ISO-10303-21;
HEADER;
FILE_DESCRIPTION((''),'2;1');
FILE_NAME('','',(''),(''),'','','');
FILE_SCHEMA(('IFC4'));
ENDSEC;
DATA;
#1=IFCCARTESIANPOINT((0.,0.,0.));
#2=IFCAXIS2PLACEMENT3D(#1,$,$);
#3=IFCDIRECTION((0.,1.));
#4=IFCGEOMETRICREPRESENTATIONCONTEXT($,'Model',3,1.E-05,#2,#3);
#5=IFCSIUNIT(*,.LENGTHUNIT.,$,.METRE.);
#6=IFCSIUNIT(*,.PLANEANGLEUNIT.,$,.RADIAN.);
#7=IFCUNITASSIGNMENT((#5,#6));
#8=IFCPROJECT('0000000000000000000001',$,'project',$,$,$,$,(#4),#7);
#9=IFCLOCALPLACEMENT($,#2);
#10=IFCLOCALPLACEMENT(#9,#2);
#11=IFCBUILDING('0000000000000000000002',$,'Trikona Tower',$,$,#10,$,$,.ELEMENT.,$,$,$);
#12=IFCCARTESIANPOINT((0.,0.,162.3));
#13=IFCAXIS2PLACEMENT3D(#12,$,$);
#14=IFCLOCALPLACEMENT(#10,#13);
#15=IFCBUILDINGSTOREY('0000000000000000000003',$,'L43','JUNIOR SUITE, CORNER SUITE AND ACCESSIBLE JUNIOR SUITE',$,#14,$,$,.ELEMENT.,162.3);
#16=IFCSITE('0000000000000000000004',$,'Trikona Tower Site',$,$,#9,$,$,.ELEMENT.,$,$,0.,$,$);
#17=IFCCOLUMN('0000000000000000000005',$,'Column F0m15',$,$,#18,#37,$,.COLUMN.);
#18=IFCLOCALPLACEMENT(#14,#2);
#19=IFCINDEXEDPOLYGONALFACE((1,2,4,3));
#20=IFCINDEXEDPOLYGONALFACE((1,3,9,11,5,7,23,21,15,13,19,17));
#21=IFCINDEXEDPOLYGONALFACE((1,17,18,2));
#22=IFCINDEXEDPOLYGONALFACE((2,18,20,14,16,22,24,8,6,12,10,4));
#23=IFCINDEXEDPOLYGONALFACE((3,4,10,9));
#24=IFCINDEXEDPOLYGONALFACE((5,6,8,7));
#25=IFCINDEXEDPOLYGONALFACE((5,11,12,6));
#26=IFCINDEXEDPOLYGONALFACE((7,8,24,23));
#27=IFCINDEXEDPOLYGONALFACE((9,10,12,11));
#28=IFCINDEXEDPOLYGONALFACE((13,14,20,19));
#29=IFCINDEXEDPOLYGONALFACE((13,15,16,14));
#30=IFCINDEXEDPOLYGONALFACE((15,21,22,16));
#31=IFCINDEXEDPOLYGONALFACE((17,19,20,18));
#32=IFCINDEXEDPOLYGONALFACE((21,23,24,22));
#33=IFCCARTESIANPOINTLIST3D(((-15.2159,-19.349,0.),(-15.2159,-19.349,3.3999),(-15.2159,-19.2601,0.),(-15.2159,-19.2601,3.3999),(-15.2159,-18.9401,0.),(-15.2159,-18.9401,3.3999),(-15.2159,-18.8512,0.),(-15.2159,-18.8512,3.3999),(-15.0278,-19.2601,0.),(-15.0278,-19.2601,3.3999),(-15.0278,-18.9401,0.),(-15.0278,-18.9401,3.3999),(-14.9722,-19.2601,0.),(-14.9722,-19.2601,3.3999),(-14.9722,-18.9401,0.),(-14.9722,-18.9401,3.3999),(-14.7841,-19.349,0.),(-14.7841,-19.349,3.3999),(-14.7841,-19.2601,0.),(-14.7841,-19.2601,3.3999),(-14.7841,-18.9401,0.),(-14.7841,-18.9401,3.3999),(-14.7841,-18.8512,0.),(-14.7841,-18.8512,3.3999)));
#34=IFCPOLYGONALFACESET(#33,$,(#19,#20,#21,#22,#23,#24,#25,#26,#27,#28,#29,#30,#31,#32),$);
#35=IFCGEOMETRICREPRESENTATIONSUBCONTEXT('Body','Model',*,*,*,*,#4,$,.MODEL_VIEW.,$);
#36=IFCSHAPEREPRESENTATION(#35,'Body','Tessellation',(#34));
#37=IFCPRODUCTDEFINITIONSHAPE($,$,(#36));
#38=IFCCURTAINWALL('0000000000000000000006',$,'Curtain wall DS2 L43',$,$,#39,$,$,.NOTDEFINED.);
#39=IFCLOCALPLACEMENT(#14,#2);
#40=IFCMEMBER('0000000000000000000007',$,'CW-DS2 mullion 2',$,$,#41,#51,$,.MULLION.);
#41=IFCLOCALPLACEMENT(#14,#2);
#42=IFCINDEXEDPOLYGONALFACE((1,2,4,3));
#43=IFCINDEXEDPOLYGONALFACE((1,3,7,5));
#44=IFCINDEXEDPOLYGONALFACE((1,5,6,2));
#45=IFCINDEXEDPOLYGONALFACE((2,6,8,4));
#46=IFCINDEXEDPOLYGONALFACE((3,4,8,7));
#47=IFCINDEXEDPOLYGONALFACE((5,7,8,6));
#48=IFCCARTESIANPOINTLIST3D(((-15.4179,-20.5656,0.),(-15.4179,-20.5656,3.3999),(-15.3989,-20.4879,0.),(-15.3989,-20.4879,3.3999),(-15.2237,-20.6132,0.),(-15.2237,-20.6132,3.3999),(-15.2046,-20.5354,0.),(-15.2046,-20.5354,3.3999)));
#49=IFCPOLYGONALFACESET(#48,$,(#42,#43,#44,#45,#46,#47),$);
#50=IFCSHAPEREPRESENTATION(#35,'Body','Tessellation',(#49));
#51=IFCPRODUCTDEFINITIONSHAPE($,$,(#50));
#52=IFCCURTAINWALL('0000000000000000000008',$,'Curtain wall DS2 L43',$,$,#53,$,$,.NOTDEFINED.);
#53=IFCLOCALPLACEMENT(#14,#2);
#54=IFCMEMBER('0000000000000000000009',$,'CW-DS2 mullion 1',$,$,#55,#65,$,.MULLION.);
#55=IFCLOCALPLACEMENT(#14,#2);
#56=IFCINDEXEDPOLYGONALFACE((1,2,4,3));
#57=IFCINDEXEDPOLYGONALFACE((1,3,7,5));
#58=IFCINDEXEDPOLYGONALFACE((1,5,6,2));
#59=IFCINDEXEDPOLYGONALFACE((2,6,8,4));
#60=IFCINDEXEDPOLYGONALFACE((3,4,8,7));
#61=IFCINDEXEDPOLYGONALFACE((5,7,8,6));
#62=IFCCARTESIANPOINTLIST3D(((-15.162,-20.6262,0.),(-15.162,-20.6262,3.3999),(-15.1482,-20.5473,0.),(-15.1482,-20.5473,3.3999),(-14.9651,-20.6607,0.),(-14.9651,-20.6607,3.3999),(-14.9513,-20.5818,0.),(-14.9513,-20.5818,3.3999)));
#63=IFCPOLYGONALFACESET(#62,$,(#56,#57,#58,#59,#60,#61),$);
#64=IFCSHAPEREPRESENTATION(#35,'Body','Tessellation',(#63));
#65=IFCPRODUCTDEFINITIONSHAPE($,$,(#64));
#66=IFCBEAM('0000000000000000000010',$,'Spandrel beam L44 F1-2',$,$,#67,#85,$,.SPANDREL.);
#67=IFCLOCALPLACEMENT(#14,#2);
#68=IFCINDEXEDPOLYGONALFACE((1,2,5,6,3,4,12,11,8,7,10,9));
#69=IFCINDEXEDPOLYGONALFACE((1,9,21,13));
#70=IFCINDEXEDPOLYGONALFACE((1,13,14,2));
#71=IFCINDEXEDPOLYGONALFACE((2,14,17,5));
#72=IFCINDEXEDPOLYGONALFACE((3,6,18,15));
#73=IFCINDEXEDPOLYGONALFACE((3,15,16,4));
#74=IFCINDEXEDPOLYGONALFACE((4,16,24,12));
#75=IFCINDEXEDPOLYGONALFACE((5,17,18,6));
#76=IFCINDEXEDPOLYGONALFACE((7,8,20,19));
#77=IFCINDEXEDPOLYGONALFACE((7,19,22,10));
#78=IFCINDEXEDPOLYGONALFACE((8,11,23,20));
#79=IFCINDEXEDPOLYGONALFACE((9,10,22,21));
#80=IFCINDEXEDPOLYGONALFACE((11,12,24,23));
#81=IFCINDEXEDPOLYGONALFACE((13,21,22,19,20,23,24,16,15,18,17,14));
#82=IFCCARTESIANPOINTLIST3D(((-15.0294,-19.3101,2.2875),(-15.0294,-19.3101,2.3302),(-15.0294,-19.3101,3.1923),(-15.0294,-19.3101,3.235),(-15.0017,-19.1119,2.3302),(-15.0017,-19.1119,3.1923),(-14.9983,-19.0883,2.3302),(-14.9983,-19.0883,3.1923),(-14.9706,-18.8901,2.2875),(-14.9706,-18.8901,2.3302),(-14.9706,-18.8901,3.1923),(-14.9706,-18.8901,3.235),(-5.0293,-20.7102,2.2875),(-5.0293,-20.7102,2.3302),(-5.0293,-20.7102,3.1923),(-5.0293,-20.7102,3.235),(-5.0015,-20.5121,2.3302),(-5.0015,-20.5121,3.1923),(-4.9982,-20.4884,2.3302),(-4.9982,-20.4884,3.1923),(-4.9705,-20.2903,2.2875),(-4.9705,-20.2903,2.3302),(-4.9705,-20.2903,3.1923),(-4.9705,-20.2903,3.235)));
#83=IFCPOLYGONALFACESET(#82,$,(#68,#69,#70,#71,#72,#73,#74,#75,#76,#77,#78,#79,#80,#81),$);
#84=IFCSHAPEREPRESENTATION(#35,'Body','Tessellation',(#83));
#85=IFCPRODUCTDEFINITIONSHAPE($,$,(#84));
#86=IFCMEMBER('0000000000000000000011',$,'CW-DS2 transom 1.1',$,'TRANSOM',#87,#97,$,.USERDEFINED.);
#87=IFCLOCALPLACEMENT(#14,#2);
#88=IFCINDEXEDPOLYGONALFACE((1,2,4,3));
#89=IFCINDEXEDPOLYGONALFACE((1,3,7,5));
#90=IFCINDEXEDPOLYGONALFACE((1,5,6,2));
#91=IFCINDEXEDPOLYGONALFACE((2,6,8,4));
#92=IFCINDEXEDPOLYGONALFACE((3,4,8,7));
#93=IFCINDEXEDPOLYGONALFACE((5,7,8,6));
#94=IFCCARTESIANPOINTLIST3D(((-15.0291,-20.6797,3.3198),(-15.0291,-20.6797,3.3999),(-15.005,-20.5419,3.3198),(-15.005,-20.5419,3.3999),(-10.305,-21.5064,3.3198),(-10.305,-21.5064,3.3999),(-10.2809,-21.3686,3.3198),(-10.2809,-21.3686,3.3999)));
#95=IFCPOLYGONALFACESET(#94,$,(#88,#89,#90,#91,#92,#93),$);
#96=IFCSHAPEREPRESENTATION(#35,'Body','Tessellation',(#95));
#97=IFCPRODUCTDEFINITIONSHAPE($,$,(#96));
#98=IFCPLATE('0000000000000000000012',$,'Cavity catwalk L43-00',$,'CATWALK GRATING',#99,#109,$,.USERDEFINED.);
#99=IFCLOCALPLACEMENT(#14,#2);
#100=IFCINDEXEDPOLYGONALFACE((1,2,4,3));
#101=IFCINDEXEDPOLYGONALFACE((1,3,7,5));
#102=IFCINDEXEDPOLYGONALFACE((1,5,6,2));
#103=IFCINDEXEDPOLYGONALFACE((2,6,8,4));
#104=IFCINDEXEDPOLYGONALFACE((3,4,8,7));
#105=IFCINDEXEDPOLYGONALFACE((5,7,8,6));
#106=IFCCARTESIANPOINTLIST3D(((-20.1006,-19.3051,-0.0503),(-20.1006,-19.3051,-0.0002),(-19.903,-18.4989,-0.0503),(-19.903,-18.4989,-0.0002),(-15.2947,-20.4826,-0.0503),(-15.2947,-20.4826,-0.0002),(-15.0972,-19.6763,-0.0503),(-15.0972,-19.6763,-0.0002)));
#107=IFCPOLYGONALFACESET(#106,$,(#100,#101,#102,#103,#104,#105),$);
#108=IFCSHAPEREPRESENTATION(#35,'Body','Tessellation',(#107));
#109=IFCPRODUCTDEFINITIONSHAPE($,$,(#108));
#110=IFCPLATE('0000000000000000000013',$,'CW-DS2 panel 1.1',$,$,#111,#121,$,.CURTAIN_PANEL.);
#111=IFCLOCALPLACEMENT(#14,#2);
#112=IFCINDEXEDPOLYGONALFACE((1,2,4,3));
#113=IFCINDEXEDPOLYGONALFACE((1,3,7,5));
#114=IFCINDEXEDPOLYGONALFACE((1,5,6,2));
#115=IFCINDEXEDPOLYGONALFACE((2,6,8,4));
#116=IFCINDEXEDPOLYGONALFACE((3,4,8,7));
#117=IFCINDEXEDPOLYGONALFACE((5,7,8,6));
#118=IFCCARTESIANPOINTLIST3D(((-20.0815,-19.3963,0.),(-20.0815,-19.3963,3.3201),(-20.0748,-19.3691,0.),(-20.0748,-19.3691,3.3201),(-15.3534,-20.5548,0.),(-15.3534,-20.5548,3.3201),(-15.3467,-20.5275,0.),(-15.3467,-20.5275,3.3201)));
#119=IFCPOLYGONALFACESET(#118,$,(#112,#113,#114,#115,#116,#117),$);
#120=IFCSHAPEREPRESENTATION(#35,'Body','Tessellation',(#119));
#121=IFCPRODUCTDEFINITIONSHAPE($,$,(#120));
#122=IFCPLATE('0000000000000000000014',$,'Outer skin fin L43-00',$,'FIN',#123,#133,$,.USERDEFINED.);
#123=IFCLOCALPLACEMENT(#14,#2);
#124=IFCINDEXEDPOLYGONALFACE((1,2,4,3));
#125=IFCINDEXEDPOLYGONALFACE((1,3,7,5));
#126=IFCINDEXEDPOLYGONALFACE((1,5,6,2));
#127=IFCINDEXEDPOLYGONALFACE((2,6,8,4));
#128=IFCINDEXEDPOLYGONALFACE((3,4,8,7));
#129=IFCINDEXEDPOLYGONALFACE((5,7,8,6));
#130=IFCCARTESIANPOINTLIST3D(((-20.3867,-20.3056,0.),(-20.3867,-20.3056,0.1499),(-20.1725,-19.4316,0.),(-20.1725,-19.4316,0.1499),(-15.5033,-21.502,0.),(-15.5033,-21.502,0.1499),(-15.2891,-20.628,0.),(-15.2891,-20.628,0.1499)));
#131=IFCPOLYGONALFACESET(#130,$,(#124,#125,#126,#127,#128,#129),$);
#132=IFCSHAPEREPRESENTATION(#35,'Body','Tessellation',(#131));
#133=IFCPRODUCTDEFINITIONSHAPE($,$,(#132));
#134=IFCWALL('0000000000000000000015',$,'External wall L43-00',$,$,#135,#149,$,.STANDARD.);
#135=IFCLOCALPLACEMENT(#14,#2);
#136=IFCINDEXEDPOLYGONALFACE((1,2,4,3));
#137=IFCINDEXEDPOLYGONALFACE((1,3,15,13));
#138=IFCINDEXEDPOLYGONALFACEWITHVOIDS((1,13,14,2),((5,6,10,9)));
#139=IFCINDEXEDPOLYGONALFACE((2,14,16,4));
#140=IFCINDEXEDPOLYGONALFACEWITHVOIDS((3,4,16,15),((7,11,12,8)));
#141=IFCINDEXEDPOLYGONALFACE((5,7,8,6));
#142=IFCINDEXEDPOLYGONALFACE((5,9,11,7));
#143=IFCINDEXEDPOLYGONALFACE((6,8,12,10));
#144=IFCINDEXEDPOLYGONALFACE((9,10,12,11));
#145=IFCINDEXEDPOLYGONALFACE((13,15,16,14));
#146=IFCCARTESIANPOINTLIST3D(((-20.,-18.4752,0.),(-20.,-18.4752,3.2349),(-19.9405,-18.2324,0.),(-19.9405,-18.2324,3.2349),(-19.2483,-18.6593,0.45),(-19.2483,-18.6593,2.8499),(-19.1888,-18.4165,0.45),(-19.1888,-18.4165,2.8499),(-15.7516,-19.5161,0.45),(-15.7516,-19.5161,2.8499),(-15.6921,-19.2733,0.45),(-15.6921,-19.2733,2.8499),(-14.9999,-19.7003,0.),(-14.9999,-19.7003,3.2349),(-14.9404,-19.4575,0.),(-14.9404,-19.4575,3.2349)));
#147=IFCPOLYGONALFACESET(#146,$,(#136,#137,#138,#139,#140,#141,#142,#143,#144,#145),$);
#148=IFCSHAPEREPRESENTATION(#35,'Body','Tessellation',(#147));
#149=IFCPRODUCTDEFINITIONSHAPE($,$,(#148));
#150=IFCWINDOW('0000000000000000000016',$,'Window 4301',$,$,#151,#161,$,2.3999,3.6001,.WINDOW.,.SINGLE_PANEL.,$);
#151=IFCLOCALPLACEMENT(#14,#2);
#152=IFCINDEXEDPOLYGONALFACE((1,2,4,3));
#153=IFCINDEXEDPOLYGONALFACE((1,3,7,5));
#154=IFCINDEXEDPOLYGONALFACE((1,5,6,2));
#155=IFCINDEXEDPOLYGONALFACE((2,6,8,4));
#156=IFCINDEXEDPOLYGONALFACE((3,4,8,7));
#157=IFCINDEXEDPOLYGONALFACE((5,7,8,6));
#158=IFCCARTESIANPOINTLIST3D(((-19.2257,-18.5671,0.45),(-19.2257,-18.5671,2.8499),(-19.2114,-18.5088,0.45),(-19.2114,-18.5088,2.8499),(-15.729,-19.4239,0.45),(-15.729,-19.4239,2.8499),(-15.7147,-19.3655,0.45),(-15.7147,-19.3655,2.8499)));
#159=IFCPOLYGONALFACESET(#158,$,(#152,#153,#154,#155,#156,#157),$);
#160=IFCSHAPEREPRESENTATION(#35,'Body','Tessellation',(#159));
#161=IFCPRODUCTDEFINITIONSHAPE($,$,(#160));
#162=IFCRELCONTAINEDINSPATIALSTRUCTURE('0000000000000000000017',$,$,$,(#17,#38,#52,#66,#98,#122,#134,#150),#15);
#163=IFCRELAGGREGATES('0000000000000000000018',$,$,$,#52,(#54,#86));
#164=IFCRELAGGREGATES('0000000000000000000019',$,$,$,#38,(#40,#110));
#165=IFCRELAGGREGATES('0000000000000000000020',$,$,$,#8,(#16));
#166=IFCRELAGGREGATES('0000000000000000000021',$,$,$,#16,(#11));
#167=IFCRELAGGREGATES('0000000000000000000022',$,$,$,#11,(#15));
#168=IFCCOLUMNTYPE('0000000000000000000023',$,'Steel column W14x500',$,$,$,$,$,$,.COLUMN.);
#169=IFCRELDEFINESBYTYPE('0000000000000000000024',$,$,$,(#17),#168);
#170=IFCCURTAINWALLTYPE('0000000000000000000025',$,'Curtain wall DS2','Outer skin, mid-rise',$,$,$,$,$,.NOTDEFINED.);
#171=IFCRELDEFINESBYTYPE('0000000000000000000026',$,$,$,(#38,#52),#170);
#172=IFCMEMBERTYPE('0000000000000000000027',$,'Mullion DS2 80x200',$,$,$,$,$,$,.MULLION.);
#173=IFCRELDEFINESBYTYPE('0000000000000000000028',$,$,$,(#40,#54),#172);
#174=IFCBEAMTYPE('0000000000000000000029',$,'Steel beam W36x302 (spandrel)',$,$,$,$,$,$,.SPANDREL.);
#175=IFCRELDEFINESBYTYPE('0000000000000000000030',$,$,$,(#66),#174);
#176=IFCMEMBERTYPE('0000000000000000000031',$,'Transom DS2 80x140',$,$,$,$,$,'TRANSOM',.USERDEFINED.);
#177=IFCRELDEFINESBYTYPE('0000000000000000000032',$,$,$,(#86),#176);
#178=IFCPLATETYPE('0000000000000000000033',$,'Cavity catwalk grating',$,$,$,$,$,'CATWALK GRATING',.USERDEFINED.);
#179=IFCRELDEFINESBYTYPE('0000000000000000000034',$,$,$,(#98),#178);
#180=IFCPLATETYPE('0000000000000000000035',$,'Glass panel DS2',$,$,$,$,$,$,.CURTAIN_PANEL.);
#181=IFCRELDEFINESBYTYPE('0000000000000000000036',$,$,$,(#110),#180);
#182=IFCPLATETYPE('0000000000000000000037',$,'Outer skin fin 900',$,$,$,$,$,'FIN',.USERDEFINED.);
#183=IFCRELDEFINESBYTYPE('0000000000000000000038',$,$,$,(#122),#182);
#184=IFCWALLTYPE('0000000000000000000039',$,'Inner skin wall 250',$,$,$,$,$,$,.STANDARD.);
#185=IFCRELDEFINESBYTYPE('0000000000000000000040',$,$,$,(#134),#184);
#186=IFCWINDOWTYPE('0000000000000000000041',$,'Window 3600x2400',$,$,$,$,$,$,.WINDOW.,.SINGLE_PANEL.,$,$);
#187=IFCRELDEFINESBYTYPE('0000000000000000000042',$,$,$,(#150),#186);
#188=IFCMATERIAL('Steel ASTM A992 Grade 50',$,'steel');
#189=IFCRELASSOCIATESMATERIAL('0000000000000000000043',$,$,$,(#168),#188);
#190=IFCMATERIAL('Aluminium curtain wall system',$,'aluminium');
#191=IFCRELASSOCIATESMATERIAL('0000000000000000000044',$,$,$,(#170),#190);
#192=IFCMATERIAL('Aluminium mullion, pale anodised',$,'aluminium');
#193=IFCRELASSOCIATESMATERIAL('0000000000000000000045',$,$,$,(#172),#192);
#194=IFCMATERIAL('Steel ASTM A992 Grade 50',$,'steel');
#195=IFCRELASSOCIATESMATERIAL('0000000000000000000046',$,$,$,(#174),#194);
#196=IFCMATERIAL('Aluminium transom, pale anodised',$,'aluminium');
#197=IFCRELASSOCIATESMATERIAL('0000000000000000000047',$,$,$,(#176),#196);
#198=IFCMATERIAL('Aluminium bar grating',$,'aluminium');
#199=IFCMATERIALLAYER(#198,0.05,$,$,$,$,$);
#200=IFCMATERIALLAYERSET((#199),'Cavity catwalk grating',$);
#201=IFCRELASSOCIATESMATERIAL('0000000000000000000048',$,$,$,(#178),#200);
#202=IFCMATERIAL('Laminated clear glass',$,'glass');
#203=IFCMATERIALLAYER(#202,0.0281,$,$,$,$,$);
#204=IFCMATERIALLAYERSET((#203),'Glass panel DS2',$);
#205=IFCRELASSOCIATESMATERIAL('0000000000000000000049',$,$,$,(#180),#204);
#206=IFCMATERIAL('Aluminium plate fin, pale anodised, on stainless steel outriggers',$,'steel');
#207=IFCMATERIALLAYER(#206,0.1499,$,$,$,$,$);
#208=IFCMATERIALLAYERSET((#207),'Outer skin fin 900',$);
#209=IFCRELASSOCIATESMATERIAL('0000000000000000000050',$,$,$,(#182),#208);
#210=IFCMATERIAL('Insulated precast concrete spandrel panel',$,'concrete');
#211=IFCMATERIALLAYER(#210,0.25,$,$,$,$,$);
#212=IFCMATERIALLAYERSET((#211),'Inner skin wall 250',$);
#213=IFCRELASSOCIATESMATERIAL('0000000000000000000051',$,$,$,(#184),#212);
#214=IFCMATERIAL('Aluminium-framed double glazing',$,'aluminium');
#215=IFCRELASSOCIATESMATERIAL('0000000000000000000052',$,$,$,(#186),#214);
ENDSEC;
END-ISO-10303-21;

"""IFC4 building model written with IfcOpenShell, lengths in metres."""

from ifc_helpers import new_model, si_unit, direction, frame, frame_2d, origin, origin_2d, place, context, subcontext, project, spatial, rectangle, i_section, extrude, material, layer, layer_set, material_profile, profile_set, type_object, element, fill, aggregate, save


model = new_model("IFC4")

# Units and contexts
model_context = context("Model", 3, precision=1e-05, world=origin(), true_north=direction((0.0, 1.0)))
body_context = subcontext(model_context, "Body", "Model", "MODEL_VIEW")
ifc_project = project(units=[si_unit("LENGTHUNIT", "METRE"), si_unit("PLANEANGLEUNIT", "RADIAN")], contexts=[model_context])

# Site, building, storey
site_placement = place(None, origin())
site = spatial("IfcSite", under=ifc_project, at=site_placement, Name="Trikona Tower Site", CompositionType="ELEMENT", RefElevation=0.0)
building_placement = place(site_placement, origin())
building = spatial("IfcBuilding", under=site, at=building_placement, Name="Trikona Tower", CompositionType="ELEMENT")
storey_placement = place(building_placement, frame((0.0, 0.0, 162.3)))
storey = spatial("IfcBuildingStorey", under=building, at=storey_placement, Name="L43", Description="JUNIOR SUITE, CORNER SUITE AND ACCESSIBLE JUNIOR SUITE", CompositionType="ELEMENT", Elevation=162.3)

# Column
ifc_material_1 = material(Name="Steel ASTM A992 Grade 50", Category="steel")
ifc_material_profile_1 = material_profile(ifc_material_1, i_section(OverallWidth=0.4319, OverallDepth=0.4978, WebThickness=0.0557, FlangeThickness=0.0889, at=origin_2d()), Name="W14X500")
ifc_profile_set_1 = profile_set([ifc_material_profile_1], Name="Steel ASTM A992 Grade 50")
column_type = type_object("IfcColumnType", Name="Steel column W14x500", PredefinedType="COLUMN", material=ifc_profile_set_1)
column_placement = place(storey_placement, frame((-15.0, -19.1001, 0.0), z_axis=(0.0, 0.0, 1.0), x_axis=(1.0, 0.0, 0.0)))
element("IfcColumn", 1, at=column_placement, inside=storey, type_object=column_type, Name="Column F0m15", PredefinedType="COLUMN", context=body_context, shape_type="SweptSolid", body=[
    extrude(i_section(OverallWidth=0.4319, OverallDepth=0.4978, WebThickness=0.0557, FlangeThickness=0.0889, at=origin_2d()), origin(), (0.0, 0.0, 1.0), 3.3999),
])

# Curtain walls, members
ifc_material_2 = material(Name="Aluminium curtain wall system", Category="aluminium")
curtain_wall_type = type_object("IfcCurtainWallType", Name="Curtain wall DS2", Description="Outer skin, mid-rise", PredefinedType="NOTDEFINED", material=ifc_material_2)
curtain_wall_1_placement = place(storey_placement, origin())
curtain_wall_1 = element("IfcCurtainWall", 2, at=curtain_wall_1_placement, inside=storey, type_object=curtain_wall_type, Name="Curtain wall DS2 L43", PredefinedType="NOTDEFINED")
ifc_material_3 = material(Name="Aluminium mullion, pale anodised", Category="aluminium")
ifc_material_profile_2 = material_profile(ifc_material_3, rectangle(XDim=0.0801, YDim=0.2, at=origin_2d()), Name="MUL-DS2")
ifc_profile_set_2 = profile_set([ifc_material_profile_2], Name="Aluminium mullion, pale anodised")
member_type_1 = type_object("IfcMemberType", Name="Mullion DS2 80x200", PredefinedType="MULLION", material=ifc_profile_set_2)
member_1_placement = place(storey_placement, frame((-15.3113, -20.5505, 0.0), z_axis=(0.0, 0.0, 1.0), x_axis=(0.23797, 0.971272, 0.0)))
member_1 = element("IfcMember", 3, at=member_1_placement, type_object=member_type_1, Name="CW-DS2 mullion 2", PredefinedType="MULLION", context=body_context, shape_type="SweptSolid", body=[
    extrude(rectangle(XDim=0.0801, YDim=0.2, at=origin_2d()), origin(), (0.0, 0.0, 1.0), 3.3999),
])
curtain_wall_2_placement = place(storey_placement, origin())
curtain_wall_2 = element("IfcCurtainWall", 4, at=curtain_wall_2_placement, inside=storey, type_object=curtain_wall_type, Name="Curtain wall DS2 L43", PredefinedType="NOTDEFINED")
member_2_placement = place(storey_placement, frame((-15.0566, -20.604, 0.0), z_axis=(0.0, 0.0, 1.0), x_axis=(0.172377, 0.985031, 0.0)))
member_2 = element("IfcMember", 5, at=member_2_placement, type_object=member_type_1, Name="CW-DS2 mullion 1", PredefinedType="MULLION", context=body_context, shape_type="SweptSolid", body=[
    extrude(rectangle(XDim=0.0801, YDim=0.2, at=origin_2d()), origin(), (0.0, 0.0, 1.0), 3.3999),
])

# Beam
ifc_material_4 = material(Name="Steel ASTM A992 Grade 50", Category="steel")
ifc_material_profile_3 = material_profile(ifc_material_4, i_section(OverallWidth=0.4241, OverallDepth=0.9475, WebThickness=0.0239, FlangeThickness=0.0427, at=origin_2d()), Name="W36X302")
ifc_profile_set_3 = profile_set([ifc_material_profile_3], Name="Steel ASTM A992 Grade 50")
beam_type = type_object("IfcBeamType", Name="Steel beam W36x302 (spandrel)", PredefinedType="SPANDREL", material=ifc_profile_set_3)
beam_placement = place(storey_placement, frame((-15.0, -19.1001, 2.7612), z_axis=(0.99034, -0.138662, 0.0), x_axis=(0.138662, 0.99034, 0.0)))
element("IfcBeam", 6, at=beam_placement, inside=storey, type_object=beam_type, Name="Spandrel beam L44 F1-2", PredefinedType="SPANDREL", context=body_context, shape_type="SweptSolid", body=[
    extrude(i_section(OverallWidth=0.4241, OverallDepth=0.9475, WebThickness=0.0239, FlangeThickness=0.0427, at=origin_2d()), origin(), (0.0, 0.0, 1.0), 10.0977),
])

# Member
ifc_material_5 = material(Name="Aluminium transom, pale anodised", Category="aluminium")
ifc_material_profile_4 = material_profile(ifc_material_5, rectangle(XDim=0.1399, YDim=0.0801, at=origin_2d()), Name="TRN-DS2")
ifc_profile_set_4 = profile_set([ifc_material_profile_4], Name="Aluminium transom, pale anodised")
member_type_2 = type_object("IfcMemberType", Name="Transom DS2 80x140", ElementType="TRANSOM", PredefinedType="USERDEFINED", material=ifc_profile_set_4)
member_3_placement = place(storey_placement, frame((-15.0171, -20.6108, 3.3599), z_axis=(0.985033, -0.172368, 0.0), x_axis=(0.172368, 0.985033, 0.0)))
member_3 = element("IfcMember", 7, at=member_3_placement, type_object=member_type_2, Name="CW-DS2 transom 1.1", ObjectType="TRANSOM", PredefinedType="USERDEFINED", context=body_context, shape_type="SweptSolid", body=[
    extrude(rectangle(XDim=0.1399, YDim=0.0801, at=origin_2d()), origin(), (0.0, 0.0, 1.0), 4.7959),
])
aggregate(curtain_wall_2, [member_2, member_3])

# Plates
ifc_material_6 = material(Name="Aluminium bar grating", Category="aluminium")
ifc_layer_1 = layer(ifc_material_6, 0.05)
ifc_layer_set_1 = layer_set([ifc_layer_1], Name="Cavity catwalk grating")
plate_type_1 = type_object("IfcPlateType", Name="Cavity catwalk grating", ElementType="CATWALK GRATING", PredefinedType="USERDEFINED", material=ifc_layer_set_1)
plate_1_placement = place(storey_placement, frame((-17.5989, -19.4907, -0.0503), z_axis=(0.0, 0.0, 1.0), x_axis=(0.971274, -0.237962, 0.0)))
element("IfcPlate", 8, at=plate_1_placement, inside=storey, type_object=plate_type_1, Name="Cavity catwalk L43-00", ObjectType="CATWALK GRATING", PredefinedType="USERDEFINED", context=body_context, shape_type="SweptSolid", body=[
    extrude(rectangle(XDim=4.948, YDim=0.8301, at=origin_2d()), origin(), (0.0, 0.0, 1.0), 0.05),
])
ifc_material_7 = material(Name="Laminated clear glass", Category="glass")
ifc_layer_2 = layer(ifc_material_7, 0.0281)
ifc_layer_set_2 = layer_set([ifc_layer_2], Name="Glass panel DS2")
plate_type_2 = type_object("IfcPlateType", Name="Glass panel DS2", PredefinedType="CURTAIN_PANEL", material=ifc_layer_set_2)
plate_2_placement = place(storey_placement, frame((-17.7141, -19.9619, 0.0), z_axis=(0.0, 0.0, 1.0), x_axis=(0.971272, -0.23797, 0.0)))
plate_2 = element("IfcPlate", 9, at=plate_2_placement, type_object=plate_type_2, Name="CW-DS2 panel 1.1", PredefinedType="CURTAIN_PANEL", context=body_context, shape_type="SweptSolid", body=[
    extrude(rectangle(XDim=4.8679, YDim=0.0281, at=origin_2d()), origin(), (0.0, 0.0, 1.0), 3.3201),
])
aggregate(curtain_wall_1, [member_1, plate_2])
ifc_material_8 = material(Name="Aluminium plate fin, pale anodised, on stainless steel outriggers", Category="steel")
ifc_layer_3 = layer(ifc_material_8, 0.1499)
ifc_layer_set_3 = layer_set([ifc_layer_3], Name="Outer skin fin 900")
plate_type_3 = type_object("IfcPlateType", Name="Outer skin fin 900", ElementType="FIN", PredefinedType="USERDEFINED", material=ifc_layer_set_3)
plate_3_placement = place(storey_placement, frame((-17.8379, -20.4668, 0.0), z_axis=(0.0, 0.0, 1.0), x_axis=(0.971274, -0.237962, 0.0)))
element("IfcPlate", 10, at=plate_3_placement, inside=storey, type_object=plate_type_3, Name="Outer skin fin L43-00", ObjectType="FIN", PredefinedType="USERDEFINED", context=body_context, shape_type="SweptSolid", body=[
    extrude(rectangle(XDim=5.0278, YDim=0.8999, at=origin_2d()), origin(), (0.0, 0.0, 1.0), 0.1499),
])

# Wall, opening, window
ifc_material_9 = material(Name="Insulated precast concrete spandrel panel", Category="concrete")
ifc_layer_4 = layer(ifc_material_9, 0.25)
ifc_layer_set_4 = layer_set([ifc_layer_4], Name="Inner skin wall 250")
wall_type_1 = type_object("IfcWallType", Name="Inner skin wall 250", PredefinedType="STANDARD", material=ifc_layer_set_4)
wall_1_placement = place(storey_placement, frame((-19.9702, -18.3538, 0.0), z_axis=(0.0, 0.0, 1.0), x_axis=(0.97127, -0.23798, 0.0)))
wall_1 = element("IfcWall", 11, at=wall_1_placement, inside=storey, type_object=wall_type_1, Name="External wall L43-00", PredefinedType="STANDARD", context=body_context, shape_type="SweptSolid", body=[
    extrude(rectangle(XDim=5.1479, YDim=0.25, at=frame_2d((2.574, 0.0))), origin(), (0.0, 0.0, 1.0), 3.2349),
])
opening_1_placement = place(wall_1_placement, frame((0.7739, 0.0, 0.45)))
opening_1 = element("IfcOpeningElement", 12, at=opening_1_placement, cuts=wall_1, PredefinedType="OPENING", context=body_context, shape_type="SweptSolid", body=[
    extrude(rectangle(XDim=3.6001, YDim=2.3999, at=frame_2d((1.8, 1.2))), frame((0.0, 0.135, 0.0), z_axis=(0.0, -1.0, 0.0), x_axis=(1.0, 0.0, 0.0)), (0.0, 0.0, 1.0), 0.27),
])
ifc_material_10 = material(Name="Aluminium-framed double glazing", Category="aluminium")
window_type = type_object("IfcWindowType", Name="Window 3600x2400", PartitioningType="SINGLE_PANEL", PredefinedType="WINDOW", material=ifc_material_10)
window_1_placement = place(opening_1_placement, origin())
window_1 = element("IfcWindow", 13, at=window_1_placement, inside=storey, type_object=window_type, Name="Window 4301", OverallHeight=2.3999, OverallWidth=3.6001, PartitioningType="SINGLE_PANEL", PredefinedType="WINDOW", context=body_context, shape_type="SweptSolid", body=[
    extrude(rectangle(XDim=3.6001, YDim=2.3999, at=frame_2d((1.8, 1.2))), frame((0.0, 0.03, 0.0), z_axis=(0.0, -1.0, 0.0), x_axis=(1.0, 0.0, 0.0)), (0.0, 0.0, 1.0), 0.0601),
])
fill(opening_1, window_1)

save(model, "model.ifc")
